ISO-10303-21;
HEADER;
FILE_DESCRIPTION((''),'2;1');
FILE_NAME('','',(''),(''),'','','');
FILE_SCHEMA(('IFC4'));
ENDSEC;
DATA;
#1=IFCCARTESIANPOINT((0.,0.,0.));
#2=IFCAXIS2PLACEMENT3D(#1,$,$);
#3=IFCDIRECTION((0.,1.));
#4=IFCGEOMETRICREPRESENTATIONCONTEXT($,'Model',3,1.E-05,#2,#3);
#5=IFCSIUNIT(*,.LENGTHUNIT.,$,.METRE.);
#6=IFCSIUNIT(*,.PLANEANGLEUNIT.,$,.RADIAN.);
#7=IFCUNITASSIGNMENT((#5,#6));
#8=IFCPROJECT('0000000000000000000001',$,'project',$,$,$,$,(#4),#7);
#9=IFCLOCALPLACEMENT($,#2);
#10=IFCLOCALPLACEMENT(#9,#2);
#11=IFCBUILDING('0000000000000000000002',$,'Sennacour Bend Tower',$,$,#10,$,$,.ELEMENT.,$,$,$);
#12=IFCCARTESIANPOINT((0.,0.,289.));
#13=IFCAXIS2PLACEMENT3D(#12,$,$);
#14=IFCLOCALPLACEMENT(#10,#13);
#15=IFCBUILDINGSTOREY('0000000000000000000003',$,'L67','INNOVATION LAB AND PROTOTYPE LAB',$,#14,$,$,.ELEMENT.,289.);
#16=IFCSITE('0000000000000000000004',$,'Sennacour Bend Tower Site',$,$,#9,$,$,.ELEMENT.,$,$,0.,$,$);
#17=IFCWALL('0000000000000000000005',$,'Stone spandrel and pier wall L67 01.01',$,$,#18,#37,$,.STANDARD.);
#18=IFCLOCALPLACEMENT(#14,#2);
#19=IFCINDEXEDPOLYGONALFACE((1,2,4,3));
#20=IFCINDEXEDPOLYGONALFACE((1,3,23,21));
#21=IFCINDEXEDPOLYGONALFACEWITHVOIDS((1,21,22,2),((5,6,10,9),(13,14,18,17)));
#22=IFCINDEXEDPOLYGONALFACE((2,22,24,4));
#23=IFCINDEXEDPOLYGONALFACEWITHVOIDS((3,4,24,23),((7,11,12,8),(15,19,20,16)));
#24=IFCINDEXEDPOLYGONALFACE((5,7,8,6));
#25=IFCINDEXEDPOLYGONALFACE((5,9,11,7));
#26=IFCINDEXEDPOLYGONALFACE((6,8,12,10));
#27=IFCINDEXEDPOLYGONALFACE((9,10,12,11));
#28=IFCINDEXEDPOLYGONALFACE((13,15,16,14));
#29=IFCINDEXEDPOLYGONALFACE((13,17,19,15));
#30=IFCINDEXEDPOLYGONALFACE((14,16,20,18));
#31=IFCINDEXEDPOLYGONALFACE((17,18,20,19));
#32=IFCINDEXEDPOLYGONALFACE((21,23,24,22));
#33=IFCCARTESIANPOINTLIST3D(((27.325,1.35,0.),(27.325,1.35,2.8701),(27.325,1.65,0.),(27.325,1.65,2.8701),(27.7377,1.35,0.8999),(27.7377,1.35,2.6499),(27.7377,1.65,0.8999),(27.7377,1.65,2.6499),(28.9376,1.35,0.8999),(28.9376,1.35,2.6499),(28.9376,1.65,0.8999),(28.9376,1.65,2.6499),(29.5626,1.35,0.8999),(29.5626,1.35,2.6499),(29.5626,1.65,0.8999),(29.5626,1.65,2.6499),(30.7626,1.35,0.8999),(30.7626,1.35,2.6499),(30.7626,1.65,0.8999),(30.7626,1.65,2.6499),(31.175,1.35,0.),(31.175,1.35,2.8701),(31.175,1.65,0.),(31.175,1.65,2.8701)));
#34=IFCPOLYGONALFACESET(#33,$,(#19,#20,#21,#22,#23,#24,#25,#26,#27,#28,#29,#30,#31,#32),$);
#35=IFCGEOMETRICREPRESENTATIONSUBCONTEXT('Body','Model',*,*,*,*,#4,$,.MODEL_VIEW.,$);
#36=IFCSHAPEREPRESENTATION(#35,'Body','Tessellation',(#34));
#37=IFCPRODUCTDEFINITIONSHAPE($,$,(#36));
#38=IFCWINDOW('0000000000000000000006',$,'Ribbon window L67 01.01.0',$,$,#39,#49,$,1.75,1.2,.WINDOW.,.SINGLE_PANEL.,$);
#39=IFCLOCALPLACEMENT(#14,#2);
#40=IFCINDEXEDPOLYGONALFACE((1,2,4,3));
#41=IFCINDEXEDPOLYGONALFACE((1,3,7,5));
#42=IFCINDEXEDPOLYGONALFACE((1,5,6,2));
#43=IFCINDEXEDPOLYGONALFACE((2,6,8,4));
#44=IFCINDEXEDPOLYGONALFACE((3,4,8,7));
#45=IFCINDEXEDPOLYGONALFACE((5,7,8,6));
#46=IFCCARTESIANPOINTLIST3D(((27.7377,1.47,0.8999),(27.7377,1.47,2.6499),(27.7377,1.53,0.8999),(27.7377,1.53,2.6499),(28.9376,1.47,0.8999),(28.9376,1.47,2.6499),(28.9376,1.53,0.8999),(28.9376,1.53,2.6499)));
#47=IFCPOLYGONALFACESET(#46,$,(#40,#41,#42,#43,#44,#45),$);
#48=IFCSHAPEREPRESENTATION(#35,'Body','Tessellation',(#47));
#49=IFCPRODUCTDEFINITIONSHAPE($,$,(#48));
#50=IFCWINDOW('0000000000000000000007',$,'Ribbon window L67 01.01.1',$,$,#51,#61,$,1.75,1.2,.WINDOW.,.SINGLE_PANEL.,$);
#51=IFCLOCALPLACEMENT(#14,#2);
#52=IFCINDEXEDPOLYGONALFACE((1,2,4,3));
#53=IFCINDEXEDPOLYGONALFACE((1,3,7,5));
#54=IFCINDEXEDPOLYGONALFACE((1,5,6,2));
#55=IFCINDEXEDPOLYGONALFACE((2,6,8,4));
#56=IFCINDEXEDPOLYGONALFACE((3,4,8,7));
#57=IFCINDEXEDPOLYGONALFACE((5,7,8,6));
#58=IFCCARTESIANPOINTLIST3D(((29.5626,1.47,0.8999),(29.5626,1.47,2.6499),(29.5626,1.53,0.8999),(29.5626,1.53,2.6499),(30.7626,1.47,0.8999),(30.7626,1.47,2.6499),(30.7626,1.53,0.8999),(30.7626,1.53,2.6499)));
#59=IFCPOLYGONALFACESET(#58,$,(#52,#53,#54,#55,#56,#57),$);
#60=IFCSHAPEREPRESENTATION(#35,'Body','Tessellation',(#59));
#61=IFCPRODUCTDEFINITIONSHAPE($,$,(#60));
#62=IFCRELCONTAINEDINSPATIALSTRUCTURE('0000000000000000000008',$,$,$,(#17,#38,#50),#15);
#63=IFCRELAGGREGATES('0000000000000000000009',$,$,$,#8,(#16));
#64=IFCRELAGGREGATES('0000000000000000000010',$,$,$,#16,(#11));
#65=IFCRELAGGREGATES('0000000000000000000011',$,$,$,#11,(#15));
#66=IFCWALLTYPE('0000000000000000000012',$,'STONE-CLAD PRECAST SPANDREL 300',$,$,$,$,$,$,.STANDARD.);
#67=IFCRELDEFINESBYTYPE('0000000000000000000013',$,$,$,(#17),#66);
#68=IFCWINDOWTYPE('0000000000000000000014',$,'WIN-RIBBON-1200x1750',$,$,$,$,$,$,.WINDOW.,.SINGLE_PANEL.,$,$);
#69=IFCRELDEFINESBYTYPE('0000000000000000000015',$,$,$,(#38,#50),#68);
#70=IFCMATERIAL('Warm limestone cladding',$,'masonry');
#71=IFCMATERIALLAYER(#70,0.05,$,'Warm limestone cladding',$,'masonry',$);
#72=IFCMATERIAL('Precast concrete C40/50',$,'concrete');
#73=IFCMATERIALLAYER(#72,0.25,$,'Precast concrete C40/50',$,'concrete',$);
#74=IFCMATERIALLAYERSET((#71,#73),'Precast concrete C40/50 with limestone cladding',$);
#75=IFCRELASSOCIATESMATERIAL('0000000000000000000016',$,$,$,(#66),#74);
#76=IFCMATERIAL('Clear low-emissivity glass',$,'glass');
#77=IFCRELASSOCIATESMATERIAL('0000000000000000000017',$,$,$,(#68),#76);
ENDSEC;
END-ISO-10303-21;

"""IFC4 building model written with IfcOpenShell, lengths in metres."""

from ifc_helpers import new_model, si_unit, direction, frame, frame_2d, origin, place, context, subcontext, project, spatial, rectangle, extrude, material, layer, layer_set, type_object, element, fill, save


model = new_model("IFC4")

# Units and contexts
model_context = context("Model", 3, precision=1e-05, world=origin(), true_north=direction((0.0, 1.0)))
body_context = subcontext(model_context, "Body", "Model", "MODEL_VIEW")
ifc_project = project(units=[si_unit("LENGTHUNIT", "METRE"), si_unit("PLANEANGLEUNIT", "RADIAN")], contexts=[model_context])

# Site, building, storey
site_placement = place(None, origin())
site = spatial("IfcSite", under=ifc_project, at=site_placement, Name="Sennacour Bend Tower Site", CompositionType="ELEMENT", RefElevation=0.0)
building_placement = place(site_placement, origin())
building = spatial("IfcBuilding", under=site, at=building_placement, Name="Sennacour Bend Tower", CompositionType="ELEMENT")
storey_placement = place(building_placement, frame((0.0, 0.0, 289.0)))
storey = spatial("IfcBuildingStorey", under=building, at=storey_placement, Name="L67", Description="INNOVATION LAB AND PROTOTYPE LAB", CompositionType="ELEMENT", Elevation=289.0)

# Shared definitions
ifc_material_1 = material(Name="Warm limestone cladding", Category="masonry")
ifc_layer_1 = layer(ifc_material_1, 0.05, Name="Warm limestone cladding", Category="masonry")
ifc_material_2 = material(Name="Precast concrete C40/50", Category="concrete")
ifc_layer_2 = layer(ifc_material_2, 0.25, Name="Precast concrete C40/50", Category="concrete")
ifc_layer_set_1 = layer_set([ifc_layer_1, ifc_layer_2], Name="Precast concrete C40/50 with limestone cladding")
wall_type_1 = type_object("IfcWallType", Name="STONE-CLAD PRECAST SPANDREL 300", PredefinedType="STANDARD", material=ifc_layer_set_1)

# Wall, openings, windows
ifc_material_3 = material(Name="Clear low-emissivity glass", Category="glass")
window_type = type_object("IfcWindowType", Name="WIN-RIBBON-1200x1750", PartitioningType="SINGLE_PANEL", PredefinedType="WINDOW", material=ifc_material_3)
wall_1_placement = place(storey_placement, frame((27.325, 1.5, 0.0), z_axis=(0.0, 0.0, 1.0), x_axis=(1.0, 0.0, 0.0)))
wall_1 = element("IfcWall", 1, at=wall_1_placement, inside=storey, type_object=wall_type_1, Name="Stone spandrel and pier wall L67 01.01", PredefinedType="STANDARD", context=body_context, shape_type="SweptSolid", body=[
    extrude(rectangle(XDim=3.8501, YDim=0.3, at=frame_2d((1.925, 0.0))), origin(), (0.0, 0.0, 1.0), 2.8701),
])
opening_1_placement = place(wall_1_placement, frame((0.4126, 0.0, 0.8999)))
opening_1 = element("IfcOpeningElement", 2, at=opening_1_placement, cuts=wall_1, PredefinedType="OPENING", context=body_context, shape_type="SweptSolid", body=[
    extrude(rectangle(XDim=1.2, YDim=1.75, at=frame_2d((0.6001, 0.875))), frame((0.0, 0.1602, 0.0), z_axis=(0.0, -1.0, 0.0), x_axis=(1.0, 0.0, 0.0)), (0.0, 0.0, 1.0), 0.3201),
])
opening_2_placement = place(wall_1_placement, frame((2.2375, 0.0, 0.8999)))
opening_2 = element("IfcOpeningElement", 3, at=opening_2_placement, cuts=wall_1, PredefinedType="OPENING", context=body_context, shape_type="SweptSolid", body=[
    extrude(rectangle(XDim=1.2, YDim=1.75, at=frame_2d((0.6001, 0.875))), frame((0.0, 0.1602, 0.0), z_axis=(0.0, -1.0, 0.0), x_axis=(1.0, 0.0, 0.0)), (0.0, 0.0, 1.0), 0.3201),
])
window_1_placement = place(opening_1_placement, origin())
window_1 = element("IfcWindow", 4, at=window_1_placement, inside=storey, type_object=window_type, Name="Ribbon window L67 01.01.0", OverallHeight=1.75, OverallWidth=1.2, PartitioningType="SINGLE_PANEL", PredefinedType="WINDOW", context=body_context, shape_type="SweptSolid", body=[
    extrude(rectangle(XDim=1.2, YDim=1.75, at=frame_2d((0.6001, 0.875))), frame((0.0, 0.03, 0.0), z_axis=(0.0, -1.0, 0.0), x_axis=(1.0, 0.0, 0.0)), (0.0, 0.0, 1.0), 0.0601),
])
fill(opening_1, window_1)
window_2_placement = place(opening_2_placement, origin())
window_2 = element("IfcWindow", 5, at=window_2_placement, inside=storey, type_object=window_type, Name="Ribbon window L67 01.01.1", OverallHeight=1.75, OverallWidth=1.2, PartitioningType="SINGLE_PANEL", PredefinedType="WINDOW", context=body_context, shape_type="SweptSolid", body=[
    extrude(rectangle(XDim=1.2, YDim=1.75, at=frame_2d((0.6001, 0.875))), frame((0.0, 0.03, 0.0), z_axis=(0.0, -1.0, 0.0), x_axis=(1.0, 0.0, 0.0)), (0.0, 0.0, 1.0), 0.0601),
])
fill(opening_2, window_2)

save(model, "model.ifc")
